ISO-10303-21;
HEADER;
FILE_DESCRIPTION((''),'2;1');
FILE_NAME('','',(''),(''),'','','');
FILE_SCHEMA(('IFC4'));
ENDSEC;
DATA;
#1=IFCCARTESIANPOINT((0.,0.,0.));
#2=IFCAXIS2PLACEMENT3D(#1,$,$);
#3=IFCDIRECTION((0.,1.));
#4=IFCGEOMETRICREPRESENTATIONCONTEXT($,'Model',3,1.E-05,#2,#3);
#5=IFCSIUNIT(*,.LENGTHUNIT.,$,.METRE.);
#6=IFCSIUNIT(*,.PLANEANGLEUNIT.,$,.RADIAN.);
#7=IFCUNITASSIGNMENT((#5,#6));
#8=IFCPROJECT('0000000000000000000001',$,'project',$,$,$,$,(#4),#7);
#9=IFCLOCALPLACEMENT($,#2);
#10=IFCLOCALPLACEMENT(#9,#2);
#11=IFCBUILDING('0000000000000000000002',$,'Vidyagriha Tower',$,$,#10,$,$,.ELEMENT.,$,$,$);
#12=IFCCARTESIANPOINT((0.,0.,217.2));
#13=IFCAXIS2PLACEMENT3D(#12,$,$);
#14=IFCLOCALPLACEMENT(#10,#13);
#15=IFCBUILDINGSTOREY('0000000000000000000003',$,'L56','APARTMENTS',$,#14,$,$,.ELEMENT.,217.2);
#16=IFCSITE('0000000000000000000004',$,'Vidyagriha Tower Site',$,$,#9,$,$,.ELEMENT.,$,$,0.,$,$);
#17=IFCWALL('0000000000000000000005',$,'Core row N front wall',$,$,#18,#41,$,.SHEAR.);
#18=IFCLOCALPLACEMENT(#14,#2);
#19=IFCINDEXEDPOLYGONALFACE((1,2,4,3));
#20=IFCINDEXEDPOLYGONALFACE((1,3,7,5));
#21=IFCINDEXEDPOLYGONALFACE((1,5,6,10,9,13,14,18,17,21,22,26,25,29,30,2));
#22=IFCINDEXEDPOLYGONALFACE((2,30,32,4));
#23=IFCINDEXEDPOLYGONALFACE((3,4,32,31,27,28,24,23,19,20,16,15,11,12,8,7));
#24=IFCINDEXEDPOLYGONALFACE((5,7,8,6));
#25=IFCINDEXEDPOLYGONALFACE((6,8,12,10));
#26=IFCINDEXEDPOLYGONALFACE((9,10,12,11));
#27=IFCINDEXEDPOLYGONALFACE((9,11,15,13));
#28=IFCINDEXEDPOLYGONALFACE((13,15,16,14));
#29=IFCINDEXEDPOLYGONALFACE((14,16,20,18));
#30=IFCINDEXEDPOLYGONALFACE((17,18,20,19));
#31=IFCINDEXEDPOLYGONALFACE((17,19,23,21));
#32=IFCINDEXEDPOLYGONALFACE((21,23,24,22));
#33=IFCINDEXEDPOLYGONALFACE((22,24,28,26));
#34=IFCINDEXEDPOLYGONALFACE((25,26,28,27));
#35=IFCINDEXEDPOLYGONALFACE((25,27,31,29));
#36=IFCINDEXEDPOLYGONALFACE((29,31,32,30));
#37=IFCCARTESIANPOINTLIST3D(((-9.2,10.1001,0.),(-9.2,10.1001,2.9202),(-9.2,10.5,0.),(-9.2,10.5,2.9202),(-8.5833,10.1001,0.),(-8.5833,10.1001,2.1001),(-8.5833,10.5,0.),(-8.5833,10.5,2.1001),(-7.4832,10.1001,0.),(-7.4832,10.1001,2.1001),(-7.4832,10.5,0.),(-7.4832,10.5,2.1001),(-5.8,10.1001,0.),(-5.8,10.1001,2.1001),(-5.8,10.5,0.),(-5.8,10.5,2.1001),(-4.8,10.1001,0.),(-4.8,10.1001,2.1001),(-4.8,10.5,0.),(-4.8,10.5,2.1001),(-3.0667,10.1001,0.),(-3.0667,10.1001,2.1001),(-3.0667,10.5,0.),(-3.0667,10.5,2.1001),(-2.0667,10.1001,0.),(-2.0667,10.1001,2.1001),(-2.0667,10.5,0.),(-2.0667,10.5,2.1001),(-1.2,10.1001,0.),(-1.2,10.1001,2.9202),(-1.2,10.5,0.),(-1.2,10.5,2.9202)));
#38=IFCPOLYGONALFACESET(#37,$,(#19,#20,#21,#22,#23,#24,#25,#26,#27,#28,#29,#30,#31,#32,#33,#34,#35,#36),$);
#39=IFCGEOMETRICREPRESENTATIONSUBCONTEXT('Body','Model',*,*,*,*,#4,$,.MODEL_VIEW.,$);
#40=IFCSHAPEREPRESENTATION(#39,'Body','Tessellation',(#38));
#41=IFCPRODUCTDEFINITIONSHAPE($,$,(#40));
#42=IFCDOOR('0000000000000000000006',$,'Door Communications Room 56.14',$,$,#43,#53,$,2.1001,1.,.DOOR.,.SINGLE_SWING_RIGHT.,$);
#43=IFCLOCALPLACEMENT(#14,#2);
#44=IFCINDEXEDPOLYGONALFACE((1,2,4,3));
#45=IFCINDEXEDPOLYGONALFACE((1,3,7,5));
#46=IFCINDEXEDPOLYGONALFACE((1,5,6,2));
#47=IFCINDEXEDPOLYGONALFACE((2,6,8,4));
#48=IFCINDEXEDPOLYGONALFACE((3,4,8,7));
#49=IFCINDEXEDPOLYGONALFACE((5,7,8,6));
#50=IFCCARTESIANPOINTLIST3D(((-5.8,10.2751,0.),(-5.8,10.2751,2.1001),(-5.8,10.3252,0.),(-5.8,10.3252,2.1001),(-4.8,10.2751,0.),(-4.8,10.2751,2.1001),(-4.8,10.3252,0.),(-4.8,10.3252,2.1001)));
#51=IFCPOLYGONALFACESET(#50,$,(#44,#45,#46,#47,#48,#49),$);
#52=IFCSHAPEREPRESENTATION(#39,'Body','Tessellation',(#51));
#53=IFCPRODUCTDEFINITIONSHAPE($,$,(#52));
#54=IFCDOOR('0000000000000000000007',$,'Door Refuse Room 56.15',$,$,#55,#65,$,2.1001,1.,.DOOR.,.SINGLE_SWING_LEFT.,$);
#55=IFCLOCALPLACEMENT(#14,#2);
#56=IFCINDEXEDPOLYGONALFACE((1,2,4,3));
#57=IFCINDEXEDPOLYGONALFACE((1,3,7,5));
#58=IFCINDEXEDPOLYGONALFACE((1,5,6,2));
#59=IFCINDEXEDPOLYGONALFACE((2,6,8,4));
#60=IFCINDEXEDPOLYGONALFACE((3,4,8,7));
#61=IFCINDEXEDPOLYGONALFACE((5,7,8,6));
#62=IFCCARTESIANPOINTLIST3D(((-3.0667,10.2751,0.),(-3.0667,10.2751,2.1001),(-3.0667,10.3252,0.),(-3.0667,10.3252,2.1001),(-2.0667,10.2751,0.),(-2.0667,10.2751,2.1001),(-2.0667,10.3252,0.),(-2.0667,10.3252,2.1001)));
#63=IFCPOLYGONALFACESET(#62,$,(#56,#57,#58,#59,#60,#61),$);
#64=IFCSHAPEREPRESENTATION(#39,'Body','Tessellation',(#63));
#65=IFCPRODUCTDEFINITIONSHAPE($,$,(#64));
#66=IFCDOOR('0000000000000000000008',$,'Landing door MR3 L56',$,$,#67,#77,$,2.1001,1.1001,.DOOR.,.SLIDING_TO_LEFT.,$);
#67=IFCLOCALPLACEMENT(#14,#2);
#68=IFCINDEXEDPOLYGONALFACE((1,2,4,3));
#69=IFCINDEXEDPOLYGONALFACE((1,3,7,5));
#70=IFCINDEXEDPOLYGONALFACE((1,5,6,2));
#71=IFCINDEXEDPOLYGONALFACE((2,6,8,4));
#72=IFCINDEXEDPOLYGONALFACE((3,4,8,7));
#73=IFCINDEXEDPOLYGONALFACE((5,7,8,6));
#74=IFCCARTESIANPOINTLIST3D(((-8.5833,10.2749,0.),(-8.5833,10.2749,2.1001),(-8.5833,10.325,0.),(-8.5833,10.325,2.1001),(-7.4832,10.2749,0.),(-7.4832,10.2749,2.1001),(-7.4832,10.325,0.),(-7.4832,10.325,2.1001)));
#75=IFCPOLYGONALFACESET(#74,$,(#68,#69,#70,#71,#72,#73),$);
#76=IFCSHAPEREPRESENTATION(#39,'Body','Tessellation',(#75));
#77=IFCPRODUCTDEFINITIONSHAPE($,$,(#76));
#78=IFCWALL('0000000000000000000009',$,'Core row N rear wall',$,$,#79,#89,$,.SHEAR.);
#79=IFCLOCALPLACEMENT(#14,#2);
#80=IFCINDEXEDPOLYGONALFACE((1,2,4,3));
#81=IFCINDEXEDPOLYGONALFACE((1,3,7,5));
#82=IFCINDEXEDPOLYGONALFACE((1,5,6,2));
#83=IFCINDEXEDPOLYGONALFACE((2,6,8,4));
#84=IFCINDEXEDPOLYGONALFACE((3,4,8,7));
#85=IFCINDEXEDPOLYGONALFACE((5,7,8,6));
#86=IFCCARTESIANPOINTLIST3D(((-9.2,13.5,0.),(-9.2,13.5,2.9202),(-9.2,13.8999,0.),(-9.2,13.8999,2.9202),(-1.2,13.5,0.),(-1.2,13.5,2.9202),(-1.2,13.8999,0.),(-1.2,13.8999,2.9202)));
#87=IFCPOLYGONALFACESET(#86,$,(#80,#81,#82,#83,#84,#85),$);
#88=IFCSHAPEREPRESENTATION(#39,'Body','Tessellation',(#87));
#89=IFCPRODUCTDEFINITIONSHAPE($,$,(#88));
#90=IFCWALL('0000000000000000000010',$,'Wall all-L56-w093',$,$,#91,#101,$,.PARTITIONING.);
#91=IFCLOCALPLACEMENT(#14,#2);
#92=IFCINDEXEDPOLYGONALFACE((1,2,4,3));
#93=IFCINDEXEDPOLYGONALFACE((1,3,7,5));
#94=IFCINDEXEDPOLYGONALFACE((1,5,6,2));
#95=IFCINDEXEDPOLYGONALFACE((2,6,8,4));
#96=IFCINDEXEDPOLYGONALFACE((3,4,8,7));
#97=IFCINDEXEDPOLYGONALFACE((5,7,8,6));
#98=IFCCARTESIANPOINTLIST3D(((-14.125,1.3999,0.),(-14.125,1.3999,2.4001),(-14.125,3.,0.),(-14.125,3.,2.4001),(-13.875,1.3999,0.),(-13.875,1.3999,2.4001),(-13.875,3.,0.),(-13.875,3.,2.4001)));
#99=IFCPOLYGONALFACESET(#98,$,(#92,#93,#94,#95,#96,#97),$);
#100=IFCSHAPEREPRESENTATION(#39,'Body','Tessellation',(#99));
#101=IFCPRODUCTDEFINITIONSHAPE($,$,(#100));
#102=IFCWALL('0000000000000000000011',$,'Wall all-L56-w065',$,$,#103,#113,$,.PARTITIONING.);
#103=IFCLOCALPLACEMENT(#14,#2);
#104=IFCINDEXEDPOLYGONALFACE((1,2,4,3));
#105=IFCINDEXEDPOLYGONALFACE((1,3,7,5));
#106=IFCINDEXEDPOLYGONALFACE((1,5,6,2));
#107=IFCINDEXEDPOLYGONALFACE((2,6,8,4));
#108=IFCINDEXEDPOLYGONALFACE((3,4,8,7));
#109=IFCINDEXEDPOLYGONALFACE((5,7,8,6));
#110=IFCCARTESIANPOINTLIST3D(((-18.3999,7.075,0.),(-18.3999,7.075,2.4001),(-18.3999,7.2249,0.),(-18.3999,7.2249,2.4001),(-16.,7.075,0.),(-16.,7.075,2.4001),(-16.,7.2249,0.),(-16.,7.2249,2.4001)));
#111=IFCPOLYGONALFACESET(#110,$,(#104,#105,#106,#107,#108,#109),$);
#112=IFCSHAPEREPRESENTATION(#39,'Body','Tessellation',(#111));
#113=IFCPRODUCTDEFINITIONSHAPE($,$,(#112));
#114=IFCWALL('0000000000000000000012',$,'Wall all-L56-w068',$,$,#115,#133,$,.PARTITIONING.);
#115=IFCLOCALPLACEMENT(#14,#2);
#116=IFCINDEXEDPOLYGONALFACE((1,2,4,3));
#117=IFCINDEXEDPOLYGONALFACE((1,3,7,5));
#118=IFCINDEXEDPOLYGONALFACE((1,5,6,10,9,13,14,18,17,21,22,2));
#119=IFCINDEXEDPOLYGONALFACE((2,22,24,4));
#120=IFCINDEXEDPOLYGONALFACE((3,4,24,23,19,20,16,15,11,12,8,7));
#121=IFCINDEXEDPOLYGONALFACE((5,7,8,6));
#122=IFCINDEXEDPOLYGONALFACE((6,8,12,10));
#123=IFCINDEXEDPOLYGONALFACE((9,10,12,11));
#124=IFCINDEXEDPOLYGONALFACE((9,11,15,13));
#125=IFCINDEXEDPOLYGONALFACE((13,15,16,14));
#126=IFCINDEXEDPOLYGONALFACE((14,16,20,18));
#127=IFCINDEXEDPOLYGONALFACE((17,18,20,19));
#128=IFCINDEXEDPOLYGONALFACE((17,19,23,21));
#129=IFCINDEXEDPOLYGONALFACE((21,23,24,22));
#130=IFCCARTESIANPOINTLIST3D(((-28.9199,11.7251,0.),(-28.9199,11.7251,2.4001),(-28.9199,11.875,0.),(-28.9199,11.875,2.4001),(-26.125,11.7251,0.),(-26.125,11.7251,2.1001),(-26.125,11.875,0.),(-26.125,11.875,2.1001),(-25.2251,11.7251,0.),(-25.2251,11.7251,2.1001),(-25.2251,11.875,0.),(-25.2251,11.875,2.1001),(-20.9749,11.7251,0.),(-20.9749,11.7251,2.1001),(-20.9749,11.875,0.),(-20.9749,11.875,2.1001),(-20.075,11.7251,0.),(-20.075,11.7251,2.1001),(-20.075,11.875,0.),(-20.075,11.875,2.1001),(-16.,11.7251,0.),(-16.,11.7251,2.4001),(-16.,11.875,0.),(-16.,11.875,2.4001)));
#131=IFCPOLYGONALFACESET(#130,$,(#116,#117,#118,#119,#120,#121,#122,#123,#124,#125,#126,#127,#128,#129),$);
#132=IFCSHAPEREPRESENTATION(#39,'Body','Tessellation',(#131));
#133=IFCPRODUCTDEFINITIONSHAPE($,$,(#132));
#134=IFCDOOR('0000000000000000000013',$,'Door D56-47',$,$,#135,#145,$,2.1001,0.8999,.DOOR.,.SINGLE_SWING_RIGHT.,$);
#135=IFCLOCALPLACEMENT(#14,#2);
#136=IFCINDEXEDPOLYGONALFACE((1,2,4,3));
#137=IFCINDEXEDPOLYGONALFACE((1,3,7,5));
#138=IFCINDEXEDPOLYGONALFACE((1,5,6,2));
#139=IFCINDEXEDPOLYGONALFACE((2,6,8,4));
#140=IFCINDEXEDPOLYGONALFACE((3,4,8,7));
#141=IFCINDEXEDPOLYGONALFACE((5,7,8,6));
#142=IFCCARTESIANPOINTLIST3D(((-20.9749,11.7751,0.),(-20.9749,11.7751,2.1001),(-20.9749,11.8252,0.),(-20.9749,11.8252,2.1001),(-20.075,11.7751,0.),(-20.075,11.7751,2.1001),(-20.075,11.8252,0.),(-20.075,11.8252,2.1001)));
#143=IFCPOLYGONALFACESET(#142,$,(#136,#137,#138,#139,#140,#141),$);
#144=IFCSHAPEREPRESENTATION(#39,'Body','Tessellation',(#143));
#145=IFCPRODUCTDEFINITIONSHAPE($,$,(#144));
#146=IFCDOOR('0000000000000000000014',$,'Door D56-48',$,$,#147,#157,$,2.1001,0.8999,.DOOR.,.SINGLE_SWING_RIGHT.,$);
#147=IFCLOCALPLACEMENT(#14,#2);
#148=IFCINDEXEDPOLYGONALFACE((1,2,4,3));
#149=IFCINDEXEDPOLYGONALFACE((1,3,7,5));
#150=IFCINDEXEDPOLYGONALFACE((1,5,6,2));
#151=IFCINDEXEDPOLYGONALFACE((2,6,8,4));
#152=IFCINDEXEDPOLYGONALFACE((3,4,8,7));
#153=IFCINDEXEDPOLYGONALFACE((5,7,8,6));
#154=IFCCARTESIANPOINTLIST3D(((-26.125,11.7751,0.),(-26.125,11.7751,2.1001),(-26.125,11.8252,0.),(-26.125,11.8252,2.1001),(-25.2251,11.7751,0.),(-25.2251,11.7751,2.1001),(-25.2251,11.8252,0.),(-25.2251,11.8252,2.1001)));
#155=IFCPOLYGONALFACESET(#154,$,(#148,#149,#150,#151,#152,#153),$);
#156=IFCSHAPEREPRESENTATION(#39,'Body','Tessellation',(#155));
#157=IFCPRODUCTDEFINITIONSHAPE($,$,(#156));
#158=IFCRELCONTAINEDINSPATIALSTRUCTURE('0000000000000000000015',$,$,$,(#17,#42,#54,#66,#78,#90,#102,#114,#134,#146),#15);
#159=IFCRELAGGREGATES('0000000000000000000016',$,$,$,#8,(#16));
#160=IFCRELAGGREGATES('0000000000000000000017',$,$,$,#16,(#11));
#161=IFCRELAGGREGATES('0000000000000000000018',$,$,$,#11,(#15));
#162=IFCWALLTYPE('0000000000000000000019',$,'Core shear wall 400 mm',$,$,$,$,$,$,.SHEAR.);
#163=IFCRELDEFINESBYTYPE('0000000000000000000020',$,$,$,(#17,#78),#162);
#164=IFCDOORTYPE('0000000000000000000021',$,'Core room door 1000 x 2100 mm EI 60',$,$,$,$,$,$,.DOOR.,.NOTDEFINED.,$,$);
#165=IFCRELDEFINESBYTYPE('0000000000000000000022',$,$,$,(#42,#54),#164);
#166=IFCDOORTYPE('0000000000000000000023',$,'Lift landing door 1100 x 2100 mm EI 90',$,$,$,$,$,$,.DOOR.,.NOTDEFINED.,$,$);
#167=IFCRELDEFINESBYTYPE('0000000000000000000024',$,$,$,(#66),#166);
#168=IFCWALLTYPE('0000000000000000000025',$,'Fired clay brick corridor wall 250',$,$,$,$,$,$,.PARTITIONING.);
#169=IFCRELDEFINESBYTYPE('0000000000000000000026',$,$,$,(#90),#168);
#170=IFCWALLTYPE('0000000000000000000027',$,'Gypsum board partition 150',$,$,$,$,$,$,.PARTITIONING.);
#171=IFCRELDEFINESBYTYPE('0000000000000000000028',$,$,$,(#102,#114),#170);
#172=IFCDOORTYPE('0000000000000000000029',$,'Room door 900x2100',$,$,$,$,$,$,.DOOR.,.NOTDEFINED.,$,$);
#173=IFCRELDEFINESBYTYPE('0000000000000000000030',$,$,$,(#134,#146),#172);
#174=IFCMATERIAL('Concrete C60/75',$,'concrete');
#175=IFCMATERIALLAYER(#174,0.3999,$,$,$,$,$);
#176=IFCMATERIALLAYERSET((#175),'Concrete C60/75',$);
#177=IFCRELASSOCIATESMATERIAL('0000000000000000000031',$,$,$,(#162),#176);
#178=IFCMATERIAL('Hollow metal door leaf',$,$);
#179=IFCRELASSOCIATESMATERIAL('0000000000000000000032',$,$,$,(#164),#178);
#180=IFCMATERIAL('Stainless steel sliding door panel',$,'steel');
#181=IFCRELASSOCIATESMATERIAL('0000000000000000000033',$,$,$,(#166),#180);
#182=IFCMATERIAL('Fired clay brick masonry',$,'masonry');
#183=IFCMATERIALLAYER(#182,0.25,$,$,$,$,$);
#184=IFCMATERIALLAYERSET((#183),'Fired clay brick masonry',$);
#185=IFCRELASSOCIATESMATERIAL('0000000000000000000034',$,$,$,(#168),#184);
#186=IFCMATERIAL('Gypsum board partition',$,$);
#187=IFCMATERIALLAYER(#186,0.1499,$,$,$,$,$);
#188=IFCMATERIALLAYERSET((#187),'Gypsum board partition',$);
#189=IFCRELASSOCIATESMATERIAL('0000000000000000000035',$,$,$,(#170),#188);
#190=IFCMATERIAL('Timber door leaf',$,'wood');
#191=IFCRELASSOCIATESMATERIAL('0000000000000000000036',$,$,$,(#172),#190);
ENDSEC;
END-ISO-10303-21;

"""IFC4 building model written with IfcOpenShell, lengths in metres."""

from ifc_helpers import new_model, si_unit, direction, frame, frame_2d, origin, place, context, subcontext, project, spatial, rectangle, extrude, material, layer, layer_set, type_object, element, fill, save


model = new_model("IFC4")

# Units and contexts
model_context = context("Model", 3, precision=1e-05, world=origin(), true_north=direction((0.0, 1.0)))
body_context = subcontext(model_context, "Body", "Model", "MODEL_VIEW")
ifc_project = project(units=[si_unit("LENGTHUNIT", "METRE"), si_unit("PLANEANGLEUNIT", "RADIAN")], contexts=[model_context])

# Site, building, storey
site_placement = place(None, origin())
site = spatial("IfcSite", under=ifc_project, at=site_placement, Name="Vidyagriha Tower Site", CompositionType="ELEMENT", RefElevation=0.0)
building_placement = place(site_placement, origin())
building = spatial("IfcBuilding", under=site, at=building_placement, Name="Vidyagriha Tower", CompositionType="ELEMENT")
storey_placement = place(building_placement, frame((0.0, 0.0, 217.2)))
storey = spatial("IfcBuildingStorey", under=building, at=storey_placement, Name="L56", Description="APARTMENTS", CompositionType="ELEMENT", Elevation=217.2)

# Shared definitions
ifc_material_1 = material(Name="Concrete C60/75", Category="concrete")
ifc_layer_1 = layer(ifc_material_1, 0.3999)
ifc_layer_set_1 = layer_set([ifc_layer_1], Name="Concrete C60/75")
wall_type_1 = type_object("IfcWallType", Name="Core shear wall 400 mm", PredefinedType="SHEAR", material=ifc_layer_set_1)

# Shared definitions
ifc_material_2 = material(Name="Hollow metal door leaf")
door_type_1 = type_object("IfcDoorType", Name="Core room door 1000 x 2100 mm EI 60", OperationType="NOTDEFINED", PredefinedType="DOOR", material=ifc_material_2)
ifc_material_3 = material(Name="Stainless steel sliding door panel", Category="steel")
door_type_2 = type_object("IfcDoorType", Name="Lift landing door 1100 x 2100 mm EI 90", OperationType="NOTDEFINED", PredefinedType="DOOR", material=ifc_material_3)

# Wall, openings, doors
wall_1_placement = place(storey_placement, frame((-9.2, 10.3, 0.0)))
wall_1 = element("IfcWall", 1, at=wall_1_placement, inside=storey, type_object=wall_type_1, Name="Core row N front wall", PredefinedType="SHEAR", context=body_context, shape_type="SweptSolid", body=[
    extrude(rectangle(XDim=8.0, YDim=0.3999, at=frame_2d((4.0, 0.0))), origin(), (0.0, 0.0, 1.0), 2.9202),
])
opening_1_placement = place(wall_1_placement, frame((0.6167, 0.0, 0.0)))
opening_1 = element("IfcOpeningElement", 2, at=opening_1_placement, cuts=wall_1, PredefinedType="OPENING", context=body_context, shape_type="SweptSolid", body=[
    extrude(rectangle(XDim=1.1001, YDim=2.1001, at=frame_2d((0.55, 1.05))), frame((0.0, 0.21, 0.0), z_axis=(0.0, -1.0, 0.0), x_axis=(1.0, 0.0, 0.0)), (0.0, 0.0, 1.0), 0.4199),
])
opening_2_placement = place(wall_1_placement, frame((3.3999, 0.0, 0.0)))
opening_2 = element("IfcOpeningElement", 3, at=opening_2_placement, cuts=wall_1, PredefinedType="OPENING", context=body_context, shape_type="SweptSolid", body=[
    extrude(rectangle(XDim=1.0, YDim=2.1001, at=frame_2d((0.5, 1.05))), frame((0.0, 0.21, 0.0), z_axis=(0.0, -1.0, 0.0), x_axis=(1.0, 0.0, 0.0)), (0.0, 0.0, 1.0), 0.4199),
])
opening_3_placement = place(wall_1_placement, frame((6.1333, 0.0, 0.0)))
opening_3 = element("IfcOpeningElement", 4, at=opening_3_placement, cuts=wall_1, PredefinedType="OPENING", context=body_context, shape_type="SweptSolid", body=[
    extrude(rectangle(XDim=1.0, YDim=2.1001, at=frame_2d((0.5, 1.05))), frame((0.0, 0.21, 0.0), z_axis=(0.0, -1.0, 0.0), x_axis=(1.0, 0.0, 0.0)), (0.0, 0.0, 1.0), 0.4199),
])
door_1_placement = place(opening_2_placement, frame((1.0, 0.0, 0.0), z_axis=(0.0, 0.0, 1.0), x_axis=(-1.0, 0.0, 0.0)))
door_1 = element("IfcDoor", 5, at=door_1_placement, inside=storey, type_object=door_type_1, Name="Door Communications Room 56.14", OperationType="SINGLE_SWING_RIGHT", OverallHeight=2.1001, OverallWidth=1.0, PredefinedType="DOOR", context=body_context, shape_type="SweptSolid", body=[
    extrude(rectangle(XDim=1.0, YDim=2.1001, at=frame_2d((0.5, 1.05))), frame((0.0, 0.0249, 0.0), z_axis=(0.0, -1.0, 0.0), x_axis=(1.0, 0.0, 0.0)), (0.0, 0.0, 1.0), 0.05),
])
fill(opening_2, door_1)
door_2_placement = place(opening_3_placement, frame((1.0, 0.0, 0.0), z_axis=(0.0, 0.0, 1.0), x_axis=(-1.0, 0.0, 0.0)))
door_2 = element("IfcDoor", 6, at=door_2_placement, inside=storey, type_object=door_type_1, Name="Door Refuse Room 56.15", OperationType="SINGLE_SWING_LEFT", OverallHeight=2.1001, OverallWidth=1.0, PredefinedType="DOOR", context=body_context, shape_type="SweptSolid", body=[
    extrude(rectangle(XDim=1.0, YDim=2.1001, at=frame_2d((0.5, 1.05))), frame((0.0, 0.0249, 0.0), z_axis=(0.0, -1.0, 0.0), x_axis=(1.0, 0.0, 0.0)), (0.0, 0.0, 1.0), 0.05),
])
fill(opening_3, door_2)
door_3_placement = place(opening_1_placement, origin())
door_3 = element("IfcDoor", 7, at=door_3_placement, inside=storey, type_object=door_type_2, Name="Landing door MR3 L56", OperationType="SLIDING_TO_LEFT", OverallHeight=2.1001, OverallWidth=1.1001, PredefinedType="DOOR", context=body_context, shape_type="SweptSolid", body=[
    extrude(rectangle(XDim=1.1001, YDim=2.1001, at=frame_2d((0.55, 1.05))), frame((0.0, 0.0249, 0.0), z_axis=(0.0, -1.0, 0.0), x_axis=(1.0, 0.0, 0.0)), (0.0, 0.0, 1.0), 0.05),
])
fill(opening_1, door_3)

# Walls
wall_2_placement = place(storey_placement, frame((-9.2, 13.7, 0.0)))
element("IfcWall", 8, at=wall_2_placement, inside=storey, type_object=wall_type_1, Name="Core row N rear wall", PredefinedType="SHEAR", context=body_context, shape_type="SweptSolid", body=[
    extrude(rectangle(XDim=8.0, YDim=0.3999, at=frame_2d((4.0, 0.0))), origin(), (0.0, 0.0, 1.0), 2.9202),
])
ifc_material_4 = material(Name="Fired clay brick masonry", Category="masonry")
ifc_layer_2 = layer(ifc_material_4, 0.25)
ifc_layer_set_2 = layer_set([ifc_layer_2], Name="Fired clay brick masonry")
wall_type_2 = type_object("IfcWallType", Name="Fired clay brick corridor wall 250", PredefinedType="PARTITIONING", material=ifc_layer_set_2)
wall_3_placement = place(storey_placement, frame((-14.0, 3.0, 0.0), z_axis=(0.0, 0.0, 1.0), x_axis=(0.0, -1.0, 0.0)))
element("IfcWall", 9, at=wall_3_placement, inside=storey, type_object=wall_type_2, Name="Wall all-L56-w093", PredefinedType="PARTITIONING", context=body_context, shape_type="SweptSolid", body=[
    extrude(rectangle(XDim=1.6001, YDim=0.25, at=frame_2d((0.8, 0.0))), origin(), (0.0, 0.0, 1.0), 2.4001),
])
ifc_material_5 = material(Name="Gypsum board partition")
ifc_layer_3 = layer(ifc_material_5, 0.1499)
ifc_layer_set_3 = layer_set([ifc_layer_3], Name="Gypsum board partition")
wall_type_3 = type_object("IfcWallType", Name="Gypsum board partition 150", PredefinedType="PARTITIONING", material=ifc_layer_set_3)
wall_4_placement = place(storey_placement, frame((-18.3999, 7.1499, 0.0)))
element("IfcWall", 10, at=wall_4_placement, inside=storey, type_object=wall_type_3, Name="Wall all-L56-w065", PredefinedType="PARTITIONING", context=body_context, shape_type="SweptSolid", body=[
    extrude(rectangle(XDim=2.3999, YDim=0.1499, at=frame_2d((1.2, 0.0))), origin(), (0.0, 0.0, 1.0), 2.4001),
])

# Wall, openings, doors
wall_5_placement = place(storey_placement, frame((-16.0, 11.8, 0.0), z_axis=(0.0, 0.0, 1.0), x_axis=(-1.0, 0.0, 0.0)))
wall_5 = element("IfcWall", 11, at=wall_5_placement, inside=storey, type_object=wall_type_3, Name="Wall all-L56-w068", PredefinedType="PARTITIONING", context=body_context, shape_type="SweptSolid", body=[
    extrude(rectangle(XDim=12.9199, YDim=0.1499, at=frame_2d((6.46, 0.0))), origin(), (0.0, 0.0, 1.0), 2.4001),
])
opening_4_placement = place(wall_5_placement, frame((4.075, 0.0, 0.0)))
opening_4 = element("IfcOpeningElement", 12, at=opening_4_placement, cuts=wall_5, PredefinedType="OPENING", context=body_context, shape_type="SweptSolid", body=[
    extrude(rectangle(XDim=0.8999, YDim=2.1001, at=frame_2d((0.45, 1.05))), frame((0.0, 0.085, 0.0), z_axis=(0.0, -1.0, 0.0), x_axis=(1.0, 0.0, 0.0)), (0.0, 0.0, 1.0), 0.1699),
])
opening_5_placement = place(wall_5_placement, frame((9.2251, 0.0, 0.0)))
opening_5 = element("IfcOpeningElement", 13, at=opening_5_placement, cuts=wall_5, PredefinedType="OPENING", context=body_context, shape_type="SweptSolid", body=[
    extrude(rectangle(XDim=0.8999, YDim=2.1001, at=frame_2d((0.45, 1.05))), frame((0.0, 0.085, 0.0), z_axis=(0.0, -1.0, 0.0), x_axis=(1.0, 0.0, 0.0)), (0.0, 0.0, 1.0), 0.1699),
])
ifc_material_6 = material(Name="Timber door leaf", Category="wood")
door_type_3 = type_object("IfcDoorType", Name="Room door 900x2100", OperationType="NOTDEFINED", PredefinedType="DOOR", material=ifc_material_6)
door_4_placement = place(opening_4_placement, origin())
door_4 = element("IfcDoor", 14, at=door_4_placement, inside=storey, type_object=door_type_3, Name="Door D56-47", OperationType="SINGLE_SWING_RIGHT", OverallHeight=2.1001, OverallWidth=0.8999, PredefinedType="DOOR", context=body_context, shape_type="SweptSolid", body=[
    extrude(rectangle(XDim=0.8999, YDim=2.1001, at=frame_2d((0.45, 1.05))), frame((0.0, 0.0249, 0.0), z_axis=(0.0, -1.0, 0.0), x_axis=(1.0, 0.0, 0.0)), (0.0, 0.0, 1.0), 0.05),
])
fill(opening_4, door_4)
door_5_placement = place(opening_5_placement, origin())
door_5 = element("IfcDoor", 15, at=door_5_placement, inside=storey, type_object=door_type_3, Name="Door D56-48", OperationType="SINGLE_SWING_RIGHT", OverallHeight=2.1001, OverallWidth=0.8999, PredefinedType="DOOR", context=body_context, shape_type="SweptSolid", body=[
    extrude(rectangle(XDim=0.8999, YDim=2.1001, at=frame_2d((0.45, 1.05))), frame((0.0, 0.0249, 0.0), z_axis=(0.0, -1.0, 0.0), x_axis=(1.0, 0.0, 0.0)), (0.0, 0.0, 1.0), 0.05),
])
fill(opening_5, door_5)

save(model, "model.ifc")
